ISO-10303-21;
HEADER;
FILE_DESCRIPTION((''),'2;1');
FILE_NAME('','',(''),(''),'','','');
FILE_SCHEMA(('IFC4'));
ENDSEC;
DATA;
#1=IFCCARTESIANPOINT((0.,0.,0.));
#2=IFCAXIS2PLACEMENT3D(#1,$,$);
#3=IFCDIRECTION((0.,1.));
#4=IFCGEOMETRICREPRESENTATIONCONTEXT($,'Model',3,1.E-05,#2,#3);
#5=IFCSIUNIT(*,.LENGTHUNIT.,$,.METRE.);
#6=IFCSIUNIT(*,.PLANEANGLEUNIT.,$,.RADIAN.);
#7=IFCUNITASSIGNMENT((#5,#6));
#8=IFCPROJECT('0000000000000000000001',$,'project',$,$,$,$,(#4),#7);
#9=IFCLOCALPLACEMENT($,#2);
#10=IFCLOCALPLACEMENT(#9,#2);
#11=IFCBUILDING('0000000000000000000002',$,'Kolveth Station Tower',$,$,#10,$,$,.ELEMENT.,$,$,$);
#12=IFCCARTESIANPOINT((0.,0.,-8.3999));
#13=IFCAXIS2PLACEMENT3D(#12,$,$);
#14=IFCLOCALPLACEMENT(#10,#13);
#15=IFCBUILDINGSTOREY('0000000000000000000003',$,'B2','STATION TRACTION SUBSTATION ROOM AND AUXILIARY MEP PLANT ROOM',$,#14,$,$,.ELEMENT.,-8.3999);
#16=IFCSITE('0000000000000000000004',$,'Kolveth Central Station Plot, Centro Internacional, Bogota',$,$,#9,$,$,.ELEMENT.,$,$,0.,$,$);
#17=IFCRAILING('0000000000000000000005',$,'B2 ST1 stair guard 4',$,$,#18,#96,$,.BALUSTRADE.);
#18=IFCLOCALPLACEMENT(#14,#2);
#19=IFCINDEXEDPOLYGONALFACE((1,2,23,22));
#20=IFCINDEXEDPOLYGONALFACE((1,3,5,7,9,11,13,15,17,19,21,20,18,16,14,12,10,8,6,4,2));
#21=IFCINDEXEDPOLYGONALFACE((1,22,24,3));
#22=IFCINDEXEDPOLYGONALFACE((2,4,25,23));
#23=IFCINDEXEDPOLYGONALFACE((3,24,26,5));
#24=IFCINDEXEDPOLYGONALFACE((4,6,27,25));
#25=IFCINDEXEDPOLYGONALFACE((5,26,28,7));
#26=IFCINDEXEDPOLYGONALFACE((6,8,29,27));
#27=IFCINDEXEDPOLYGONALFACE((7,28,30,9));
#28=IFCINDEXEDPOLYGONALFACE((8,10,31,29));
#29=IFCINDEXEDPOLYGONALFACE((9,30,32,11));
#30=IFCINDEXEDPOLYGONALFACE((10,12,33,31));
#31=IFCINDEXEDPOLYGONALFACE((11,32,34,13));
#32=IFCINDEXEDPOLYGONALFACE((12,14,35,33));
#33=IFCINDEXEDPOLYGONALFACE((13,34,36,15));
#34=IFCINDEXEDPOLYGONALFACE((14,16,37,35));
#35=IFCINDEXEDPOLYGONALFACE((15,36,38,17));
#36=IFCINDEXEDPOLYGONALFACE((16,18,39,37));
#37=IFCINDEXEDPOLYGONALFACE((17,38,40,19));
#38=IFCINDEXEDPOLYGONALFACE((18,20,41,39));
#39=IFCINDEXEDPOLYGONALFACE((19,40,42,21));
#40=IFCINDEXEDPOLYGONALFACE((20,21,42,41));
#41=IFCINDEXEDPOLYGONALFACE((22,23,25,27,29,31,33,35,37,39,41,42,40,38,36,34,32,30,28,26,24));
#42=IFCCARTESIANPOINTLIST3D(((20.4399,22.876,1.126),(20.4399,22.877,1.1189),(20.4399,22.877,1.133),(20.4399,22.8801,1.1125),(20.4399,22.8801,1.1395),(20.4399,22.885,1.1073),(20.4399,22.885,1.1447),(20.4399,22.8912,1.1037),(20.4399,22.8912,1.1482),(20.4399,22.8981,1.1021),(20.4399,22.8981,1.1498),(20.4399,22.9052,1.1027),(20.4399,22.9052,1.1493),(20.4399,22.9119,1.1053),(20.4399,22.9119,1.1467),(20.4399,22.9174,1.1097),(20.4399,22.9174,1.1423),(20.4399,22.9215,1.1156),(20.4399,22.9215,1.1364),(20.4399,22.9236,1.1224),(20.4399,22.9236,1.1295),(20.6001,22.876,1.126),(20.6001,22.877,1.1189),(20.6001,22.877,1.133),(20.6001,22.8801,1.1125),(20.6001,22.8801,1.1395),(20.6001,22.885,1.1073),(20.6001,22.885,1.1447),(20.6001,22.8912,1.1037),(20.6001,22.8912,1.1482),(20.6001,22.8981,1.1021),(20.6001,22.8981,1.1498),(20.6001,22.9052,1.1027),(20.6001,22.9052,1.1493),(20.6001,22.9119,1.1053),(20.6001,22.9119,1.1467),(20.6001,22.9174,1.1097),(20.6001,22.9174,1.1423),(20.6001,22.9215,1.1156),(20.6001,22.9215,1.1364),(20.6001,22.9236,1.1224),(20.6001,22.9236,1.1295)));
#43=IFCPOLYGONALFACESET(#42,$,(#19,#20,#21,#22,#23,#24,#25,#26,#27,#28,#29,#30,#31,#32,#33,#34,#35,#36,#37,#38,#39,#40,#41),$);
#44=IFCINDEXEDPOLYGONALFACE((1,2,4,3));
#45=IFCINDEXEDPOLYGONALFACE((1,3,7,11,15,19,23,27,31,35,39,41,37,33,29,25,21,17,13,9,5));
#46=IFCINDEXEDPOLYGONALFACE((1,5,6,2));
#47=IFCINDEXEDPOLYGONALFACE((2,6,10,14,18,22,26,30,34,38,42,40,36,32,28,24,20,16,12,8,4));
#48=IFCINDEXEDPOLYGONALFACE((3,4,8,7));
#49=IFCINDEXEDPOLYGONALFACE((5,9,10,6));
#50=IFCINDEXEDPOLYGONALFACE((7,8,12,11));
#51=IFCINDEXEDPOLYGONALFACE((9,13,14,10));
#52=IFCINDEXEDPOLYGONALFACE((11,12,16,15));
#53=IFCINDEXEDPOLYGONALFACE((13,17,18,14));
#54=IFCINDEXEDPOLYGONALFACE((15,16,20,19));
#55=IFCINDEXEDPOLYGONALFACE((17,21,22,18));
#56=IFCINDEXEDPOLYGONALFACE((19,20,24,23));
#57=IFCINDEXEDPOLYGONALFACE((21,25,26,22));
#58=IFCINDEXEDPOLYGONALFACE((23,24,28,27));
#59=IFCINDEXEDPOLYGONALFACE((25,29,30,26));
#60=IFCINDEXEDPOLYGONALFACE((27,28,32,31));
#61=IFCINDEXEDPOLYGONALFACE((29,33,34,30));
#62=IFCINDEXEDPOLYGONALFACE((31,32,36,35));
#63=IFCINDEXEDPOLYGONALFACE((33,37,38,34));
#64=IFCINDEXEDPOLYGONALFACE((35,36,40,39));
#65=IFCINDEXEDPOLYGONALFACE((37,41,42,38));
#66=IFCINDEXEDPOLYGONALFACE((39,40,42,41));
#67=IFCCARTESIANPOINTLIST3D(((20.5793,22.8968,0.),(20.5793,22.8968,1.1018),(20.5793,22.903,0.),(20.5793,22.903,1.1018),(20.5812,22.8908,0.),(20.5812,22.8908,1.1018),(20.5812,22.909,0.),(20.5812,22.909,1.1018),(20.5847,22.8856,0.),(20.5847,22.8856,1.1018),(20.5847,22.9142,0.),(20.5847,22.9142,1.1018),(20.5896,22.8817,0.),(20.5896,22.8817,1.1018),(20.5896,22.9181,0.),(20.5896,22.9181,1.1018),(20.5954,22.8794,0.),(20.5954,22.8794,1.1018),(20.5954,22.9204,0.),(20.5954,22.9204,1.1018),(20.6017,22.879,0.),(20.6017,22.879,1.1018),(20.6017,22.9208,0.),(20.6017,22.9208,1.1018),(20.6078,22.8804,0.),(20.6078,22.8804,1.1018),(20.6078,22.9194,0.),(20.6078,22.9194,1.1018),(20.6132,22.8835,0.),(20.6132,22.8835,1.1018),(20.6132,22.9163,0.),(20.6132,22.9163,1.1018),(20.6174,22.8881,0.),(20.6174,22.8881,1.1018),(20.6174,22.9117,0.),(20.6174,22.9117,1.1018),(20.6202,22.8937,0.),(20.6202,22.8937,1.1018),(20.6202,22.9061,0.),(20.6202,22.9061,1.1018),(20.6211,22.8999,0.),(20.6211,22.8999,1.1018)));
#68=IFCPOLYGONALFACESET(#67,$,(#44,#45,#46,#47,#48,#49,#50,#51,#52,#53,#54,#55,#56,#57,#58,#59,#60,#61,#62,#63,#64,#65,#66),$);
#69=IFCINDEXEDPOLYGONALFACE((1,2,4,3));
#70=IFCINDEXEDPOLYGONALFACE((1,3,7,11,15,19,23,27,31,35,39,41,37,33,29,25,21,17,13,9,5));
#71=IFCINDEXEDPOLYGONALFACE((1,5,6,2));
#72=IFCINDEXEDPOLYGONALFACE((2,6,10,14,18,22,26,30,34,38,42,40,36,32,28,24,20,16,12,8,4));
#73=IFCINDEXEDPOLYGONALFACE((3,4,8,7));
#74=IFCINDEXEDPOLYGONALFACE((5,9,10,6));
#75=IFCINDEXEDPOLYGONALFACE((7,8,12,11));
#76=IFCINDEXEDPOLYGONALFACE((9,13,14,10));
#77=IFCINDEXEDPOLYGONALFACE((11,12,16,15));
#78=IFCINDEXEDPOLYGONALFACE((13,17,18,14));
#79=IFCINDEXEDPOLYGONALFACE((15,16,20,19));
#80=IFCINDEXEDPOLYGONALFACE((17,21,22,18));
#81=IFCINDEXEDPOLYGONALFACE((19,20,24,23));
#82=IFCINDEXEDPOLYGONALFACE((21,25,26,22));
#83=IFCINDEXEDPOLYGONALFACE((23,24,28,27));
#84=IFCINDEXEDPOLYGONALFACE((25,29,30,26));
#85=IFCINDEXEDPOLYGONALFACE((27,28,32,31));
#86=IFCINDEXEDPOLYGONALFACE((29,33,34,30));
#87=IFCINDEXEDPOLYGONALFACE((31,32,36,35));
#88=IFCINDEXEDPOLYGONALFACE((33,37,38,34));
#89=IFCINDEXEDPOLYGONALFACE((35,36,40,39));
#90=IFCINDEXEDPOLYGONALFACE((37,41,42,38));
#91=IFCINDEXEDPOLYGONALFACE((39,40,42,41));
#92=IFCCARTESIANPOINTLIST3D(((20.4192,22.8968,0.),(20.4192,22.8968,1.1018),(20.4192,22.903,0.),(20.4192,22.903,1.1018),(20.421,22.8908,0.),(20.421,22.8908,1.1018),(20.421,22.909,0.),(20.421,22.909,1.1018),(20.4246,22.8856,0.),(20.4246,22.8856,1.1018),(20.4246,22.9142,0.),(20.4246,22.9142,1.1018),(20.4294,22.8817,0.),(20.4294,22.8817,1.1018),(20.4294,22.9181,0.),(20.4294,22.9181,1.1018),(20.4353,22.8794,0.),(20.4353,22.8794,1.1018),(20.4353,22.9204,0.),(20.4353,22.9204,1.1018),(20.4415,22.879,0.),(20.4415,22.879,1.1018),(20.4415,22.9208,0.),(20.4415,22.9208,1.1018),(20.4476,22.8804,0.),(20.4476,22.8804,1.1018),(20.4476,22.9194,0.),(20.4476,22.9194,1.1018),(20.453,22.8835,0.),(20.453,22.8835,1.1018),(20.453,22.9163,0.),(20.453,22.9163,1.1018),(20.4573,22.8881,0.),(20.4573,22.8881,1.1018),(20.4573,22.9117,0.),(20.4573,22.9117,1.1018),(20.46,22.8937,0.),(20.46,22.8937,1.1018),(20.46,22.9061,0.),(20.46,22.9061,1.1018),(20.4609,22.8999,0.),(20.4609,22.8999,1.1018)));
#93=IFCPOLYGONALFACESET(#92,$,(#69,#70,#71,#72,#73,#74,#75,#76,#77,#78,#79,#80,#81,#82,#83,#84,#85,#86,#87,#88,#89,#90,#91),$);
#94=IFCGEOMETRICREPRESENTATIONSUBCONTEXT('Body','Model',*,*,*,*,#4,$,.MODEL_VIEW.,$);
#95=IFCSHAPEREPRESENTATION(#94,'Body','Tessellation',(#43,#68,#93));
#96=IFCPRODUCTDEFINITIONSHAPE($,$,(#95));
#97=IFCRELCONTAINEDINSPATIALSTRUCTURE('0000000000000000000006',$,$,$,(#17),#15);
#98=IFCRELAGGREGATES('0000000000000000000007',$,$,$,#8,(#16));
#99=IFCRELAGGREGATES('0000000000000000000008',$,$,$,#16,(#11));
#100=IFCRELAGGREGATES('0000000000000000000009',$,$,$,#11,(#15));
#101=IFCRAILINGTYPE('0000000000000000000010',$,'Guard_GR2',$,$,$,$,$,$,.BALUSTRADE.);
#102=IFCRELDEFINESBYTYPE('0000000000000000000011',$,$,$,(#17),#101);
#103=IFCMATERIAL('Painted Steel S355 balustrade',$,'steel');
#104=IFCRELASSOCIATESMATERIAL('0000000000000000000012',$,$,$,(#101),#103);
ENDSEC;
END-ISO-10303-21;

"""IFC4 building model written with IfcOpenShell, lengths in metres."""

from ifc_helpers import new_model, si_unit, direction, frame, origin, origin_2d, place, context, subcontext, project, spatial, circle, extrude, material, type_object, element, save


model = new_model("IFC4")

# Units and contexts
model_context = context("Model", 3, precision=1e-05, world=origin(), true_north=direction((0.0, 1.0)))
body_context = subcontext(model_context, "Body", "Model", "MODEL_VIEW")
ifc_project = project(units=[si_unit("LENGTHUNIT", "METRE"), si_unit("PLANEANGLEUNIT", "RADIAN")], contexts=[model_context])

# Site, building, storey
site_placement = place(None, origin())
site = spatial("IfcSite", under=ifc_project, at=site_placement, Name="Kolveth Central Station Plot, Centro Internacional, Bogota", CompositionType="ELEMENT", RefElevation=0.0)
building_placement = place(site_placement, origin())
building = spatial("IfcBuilding", under=site, at=building_placement, Name="Kolveth Station Tower", CompositionType="ELEMENT")
storey_placement = place(building_placement, frame((0.0, 0.0, -8.3999)))
storey = spatial("IfcBuildingStorey", under=building, at=storey_placement, Name="B2", Description="STATION TRACTION SUBSTATION ROOM AND AUXILIARY MEP PLANT ROOM", CompositionType="ELEMENT", Elevation=-8.3999)

# Railing
ifc_material_1 = material(Name="Painted Steel S355 balustrade", Category="steel")
railing_type_1 = type_object("IfcRailingType", Name="Guard_GR2", PredefinedType="BALUSTRADE", material=ifc_material_1)
railing_1_placement = place(storey_placement, frame((20.6001, 22.8999, 0.0)))
element("IfcRailing", 1, at=railing_1_placement, inside=storey, type_object=railing_type_1, Name="B2 ST1 stair guard 4", PredefinedType="BALUSTRADE", context=body_context, shape_type="SweptSolid", body=[
    extrude(circle(Radius=0.0239, at=origin_2d()), frame((0.0, 0.0, 1.126), z_axis=(-1.0, 0.0, 0.0), x_axis=(0.0, -1.0, 0.0)), (0.0, 0.0, 1.0), 0.1602),
    extrude(circle(Radius=0.021, at=origin_2d()), origin(), (0.0, 0.0, 1.0), 1.1018),
    extrude(circle(Radius=0.021, at=origin_2d()), frame((-0.1602, 0.0, 0.0)), (0.0, 0.0, 1.0), 1.1018),
])

save(model, "model.ifc")
